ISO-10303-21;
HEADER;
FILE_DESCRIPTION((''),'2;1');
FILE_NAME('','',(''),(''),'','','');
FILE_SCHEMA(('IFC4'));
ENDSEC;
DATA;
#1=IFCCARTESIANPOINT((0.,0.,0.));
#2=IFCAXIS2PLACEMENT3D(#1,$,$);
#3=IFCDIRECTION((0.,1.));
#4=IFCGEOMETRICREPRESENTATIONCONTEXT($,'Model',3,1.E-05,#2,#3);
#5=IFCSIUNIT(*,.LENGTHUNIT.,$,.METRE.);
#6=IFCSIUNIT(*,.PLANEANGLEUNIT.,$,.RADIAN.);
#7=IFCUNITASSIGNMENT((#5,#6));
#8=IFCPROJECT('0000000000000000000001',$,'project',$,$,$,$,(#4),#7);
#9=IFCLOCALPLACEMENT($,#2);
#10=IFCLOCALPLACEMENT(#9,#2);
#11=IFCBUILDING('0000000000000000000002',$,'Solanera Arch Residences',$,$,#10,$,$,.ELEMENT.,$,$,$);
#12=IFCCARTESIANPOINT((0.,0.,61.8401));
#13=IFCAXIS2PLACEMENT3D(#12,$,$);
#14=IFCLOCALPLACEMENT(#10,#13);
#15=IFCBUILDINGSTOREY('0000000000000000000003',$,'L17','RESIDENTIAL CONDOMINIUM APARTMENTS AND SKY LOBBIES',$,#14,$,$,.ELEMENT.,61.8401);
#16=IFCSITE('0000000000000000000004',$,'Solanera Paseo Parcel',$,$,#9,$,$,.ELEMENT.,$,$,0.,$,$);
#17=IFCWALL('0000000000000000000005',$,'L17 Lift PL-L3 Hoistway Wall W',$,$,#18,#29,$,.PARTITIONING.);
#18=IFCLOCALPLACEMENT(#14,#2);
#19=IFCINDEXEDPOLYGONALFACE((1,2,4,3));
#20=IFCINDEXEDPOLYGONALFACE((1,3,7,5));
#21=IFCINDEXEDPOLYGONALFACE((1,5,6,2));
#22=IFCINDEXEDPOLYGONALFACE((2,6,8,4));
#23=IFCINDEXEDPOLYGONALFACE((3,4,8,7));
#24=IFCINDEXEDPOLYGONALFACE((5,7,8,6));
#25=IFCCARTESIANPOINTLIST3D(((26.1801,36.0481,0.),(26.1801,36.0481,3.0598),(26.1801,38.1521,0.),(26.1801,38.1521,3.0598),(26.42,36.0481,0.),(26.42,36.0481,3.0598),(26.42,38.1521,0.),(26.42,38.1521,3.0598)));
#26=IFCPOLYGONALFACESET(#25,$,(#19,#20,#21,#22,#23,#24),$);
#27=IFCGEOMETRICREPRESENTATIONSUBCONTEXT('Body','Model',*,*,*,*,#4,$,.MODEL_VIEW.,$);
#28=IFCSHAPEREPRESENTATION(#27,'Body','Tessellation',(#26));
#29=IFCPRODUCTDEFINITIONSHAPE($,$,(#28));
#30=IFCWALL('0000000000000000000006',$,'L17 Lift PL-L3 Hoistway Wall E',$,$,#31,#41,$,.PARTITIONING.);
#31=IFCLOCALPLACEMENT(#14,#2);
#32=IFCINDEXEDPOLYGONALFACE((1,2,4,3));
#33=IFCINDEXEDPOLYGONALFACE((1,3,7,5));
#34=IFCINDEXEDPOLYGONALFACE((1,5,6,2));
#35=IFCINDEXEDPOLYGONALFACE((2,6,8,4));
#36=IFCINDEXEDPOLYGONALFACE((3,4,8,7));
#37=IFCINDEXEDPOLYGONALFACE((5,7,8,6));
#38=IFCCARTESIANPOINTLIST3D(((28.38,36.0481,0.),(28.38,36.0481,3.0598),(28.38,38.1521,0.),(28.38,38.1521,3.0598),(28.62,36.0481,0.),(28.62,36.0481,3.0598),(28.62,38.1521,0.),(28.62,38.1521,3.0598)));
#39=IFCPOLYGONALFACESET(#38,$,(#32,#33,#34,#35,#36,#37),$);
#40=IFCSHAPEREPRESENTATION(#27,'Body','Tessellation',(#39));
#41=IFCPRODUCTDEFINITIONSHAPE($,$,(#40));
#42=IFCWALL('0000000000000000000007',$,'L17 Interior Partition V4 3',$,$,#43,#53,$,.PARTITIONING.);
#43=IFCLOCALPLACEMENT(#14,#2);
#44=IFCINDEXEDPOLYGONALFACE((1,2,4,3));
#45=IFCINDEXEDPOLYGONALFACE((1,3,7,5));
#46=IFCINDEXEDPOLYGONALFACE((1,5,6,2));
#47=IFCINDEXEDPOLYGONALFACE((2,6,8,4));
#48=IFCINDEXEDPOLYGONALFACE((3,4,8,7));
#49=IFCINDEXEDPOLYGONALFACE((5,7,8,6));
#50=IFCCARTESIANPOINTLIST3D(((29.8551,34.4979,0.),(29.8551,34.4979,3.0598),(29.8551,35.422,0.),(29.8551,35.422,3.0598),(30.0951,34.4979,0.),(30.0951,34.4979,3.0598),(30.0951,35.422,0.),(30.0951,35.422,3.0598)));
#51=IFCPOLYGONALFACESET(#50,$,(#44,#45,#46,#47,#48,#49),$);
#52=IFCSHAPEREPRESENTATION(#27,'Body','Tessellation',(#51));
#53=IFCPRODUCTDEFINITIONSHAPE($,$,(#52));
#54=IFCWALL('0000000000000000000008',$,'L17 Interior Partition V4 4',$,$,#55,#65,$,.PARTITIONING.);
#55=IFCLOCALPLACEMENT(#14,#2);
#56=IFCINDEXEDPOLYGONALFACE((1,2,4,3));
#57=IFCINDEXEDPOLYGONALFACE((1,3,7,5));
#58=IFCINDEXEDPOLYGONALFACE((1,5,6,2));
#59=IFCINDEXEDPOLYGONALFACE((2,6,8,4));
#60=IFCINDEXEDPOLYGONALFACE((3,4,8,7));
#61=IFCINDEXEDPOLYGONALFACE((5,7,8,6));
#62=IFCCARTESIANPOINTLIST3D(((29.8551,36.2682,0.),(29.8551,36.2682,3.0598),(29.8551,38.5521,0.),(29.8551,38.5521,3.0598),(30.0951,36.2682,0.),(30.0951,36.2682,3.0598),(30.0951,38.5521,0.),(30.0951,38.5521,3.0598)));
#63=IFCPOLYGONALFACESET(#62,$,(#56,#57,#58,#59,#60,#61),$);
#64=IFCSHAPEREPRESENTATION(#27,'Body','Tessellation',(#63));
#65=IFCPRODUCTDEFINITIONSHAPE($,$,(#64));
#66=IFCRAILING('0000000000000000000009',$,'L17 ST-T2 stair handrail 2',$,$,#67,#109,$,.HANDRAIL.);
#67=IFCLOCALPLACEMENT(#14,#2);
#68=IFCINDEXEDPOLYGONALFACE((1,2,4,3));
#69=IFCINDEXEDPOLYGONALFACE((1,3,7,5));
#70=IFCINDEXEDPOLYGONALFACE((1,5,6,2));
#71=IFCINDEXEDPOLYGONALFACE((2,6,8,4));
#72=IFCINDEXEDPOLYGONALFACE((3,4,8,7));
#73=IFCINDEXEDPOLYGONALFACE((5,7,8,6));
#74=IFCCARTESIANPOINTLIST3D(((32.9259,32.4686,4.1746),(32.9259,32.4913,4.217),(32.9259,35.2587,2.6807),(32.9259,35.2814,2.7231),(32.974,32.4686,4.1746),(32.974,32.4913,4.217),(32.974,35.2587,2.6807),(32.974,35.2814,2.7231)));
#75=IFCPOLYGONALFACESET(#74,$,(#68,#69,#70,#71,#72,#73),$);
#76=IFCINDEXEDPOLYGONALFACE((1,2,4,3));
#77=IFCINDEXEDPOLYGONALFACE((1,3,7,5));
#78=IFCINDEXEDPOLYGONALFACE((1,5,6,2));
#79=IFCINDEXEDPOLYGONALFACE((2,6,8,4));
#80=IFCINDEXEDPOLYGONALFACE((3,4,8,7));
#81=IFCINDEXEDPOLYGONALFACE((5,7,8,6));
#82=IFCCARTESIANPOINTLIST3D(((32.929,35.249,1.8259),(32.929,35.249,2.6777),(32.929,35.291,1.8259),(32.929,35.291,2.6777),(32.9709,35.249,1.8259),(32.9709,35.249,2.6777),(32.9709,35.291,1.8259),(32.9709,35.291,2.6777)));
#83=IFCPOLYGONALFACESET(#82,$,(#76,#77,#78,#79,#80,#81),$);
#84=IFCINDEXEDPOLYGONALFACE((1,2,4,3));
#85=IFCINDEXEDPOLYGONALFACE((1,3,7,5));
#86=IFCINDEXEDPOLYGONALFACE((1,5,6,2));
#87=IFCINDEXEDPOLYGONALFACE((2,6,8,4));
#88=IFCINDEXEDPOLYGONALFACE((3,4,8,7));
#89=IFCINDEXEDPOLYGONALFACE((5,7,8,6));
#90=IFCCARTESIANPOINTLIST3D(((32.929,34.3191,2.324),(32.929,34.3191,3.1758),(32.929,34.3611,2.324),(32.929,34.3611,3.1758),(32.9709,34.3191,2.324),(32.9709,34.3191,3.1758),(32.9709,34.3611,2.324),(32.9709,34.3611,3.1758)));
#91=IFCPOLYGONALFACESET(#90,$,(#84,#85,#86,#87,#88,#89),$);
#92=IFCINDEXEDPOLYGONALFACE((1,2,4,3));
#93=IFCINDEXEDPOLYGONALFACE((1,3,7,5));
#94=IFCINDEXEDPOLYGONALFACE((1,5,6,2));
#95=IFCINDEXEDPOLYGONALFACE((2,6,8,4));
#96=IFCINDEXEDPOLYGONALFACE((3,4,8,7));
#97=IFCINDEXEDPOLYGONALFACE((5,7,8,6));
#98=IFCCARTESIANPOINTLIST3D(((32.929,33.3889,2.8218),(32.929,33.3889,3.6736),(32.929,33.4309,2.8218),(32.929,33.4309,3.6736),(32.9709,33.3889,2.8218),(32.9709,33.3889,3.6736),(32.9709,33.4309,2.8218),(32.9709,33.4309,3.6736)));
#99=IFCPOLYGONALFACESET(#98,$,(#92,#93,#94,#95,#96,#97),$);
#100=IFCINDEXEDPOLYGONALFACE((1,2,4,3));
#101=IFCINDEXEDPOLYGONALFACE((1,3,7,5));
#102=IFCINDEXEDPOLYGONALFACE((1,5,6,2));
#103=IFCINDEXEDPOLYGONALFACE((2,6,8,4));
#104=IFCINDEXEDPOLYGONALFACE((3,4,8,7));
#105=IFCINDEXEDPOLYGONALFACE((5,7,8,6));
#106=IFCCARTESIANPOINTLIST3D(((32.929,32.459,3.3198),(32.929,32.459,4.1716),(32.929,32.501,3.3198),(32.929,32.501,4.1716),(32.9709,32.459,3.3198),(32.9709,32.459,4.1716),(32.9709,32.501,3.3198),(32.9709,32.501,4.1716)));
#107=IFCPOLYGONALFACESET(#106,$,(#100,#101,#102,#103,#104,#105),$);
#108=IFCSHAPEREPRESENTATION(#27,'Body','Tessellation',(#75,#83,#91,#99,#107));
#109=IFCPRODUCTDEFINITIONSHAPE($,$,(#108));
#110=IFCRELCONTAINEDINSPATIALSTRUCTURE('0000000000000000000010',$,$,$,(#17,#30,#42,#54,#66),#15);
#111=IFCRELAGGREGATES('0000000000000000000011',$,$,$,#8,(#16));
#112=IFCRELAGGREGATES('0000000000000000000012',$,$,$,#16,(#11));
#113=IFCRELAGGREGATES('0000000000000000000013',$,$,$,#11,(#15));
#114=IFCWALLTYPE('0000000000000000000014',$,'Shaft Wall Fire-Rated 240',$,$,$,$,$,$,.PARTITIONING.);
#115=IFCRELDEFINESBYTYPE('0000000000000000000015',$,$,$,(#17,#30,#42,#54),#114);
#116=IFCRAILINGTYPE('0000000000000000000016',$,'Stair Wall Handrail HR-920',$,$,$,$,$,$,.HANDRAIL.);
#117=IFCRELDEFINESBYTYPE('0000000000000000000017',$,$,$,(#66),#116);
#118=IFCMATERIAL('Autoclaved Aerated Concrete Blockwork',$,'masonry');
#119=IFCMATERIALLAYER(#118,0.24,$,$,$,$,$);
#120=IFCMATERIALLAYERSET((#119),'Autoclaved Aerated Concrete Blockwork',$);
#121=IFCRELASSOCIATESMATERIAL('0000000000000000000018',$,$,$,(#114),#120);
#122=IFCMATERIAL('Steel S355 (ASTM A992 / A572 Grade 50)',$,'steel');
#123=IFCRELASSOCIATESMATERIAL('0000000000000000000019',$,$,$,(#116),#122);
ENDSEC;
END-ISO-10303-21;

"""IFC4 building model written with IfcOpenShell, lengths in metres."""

from ifc_helpers import new_model, si_unit, direction, frame, frame_2d, origin, origin_2d, place, context, subcontext, project, spatial, rectangle, extrude, material, layer, layer_set, type_object, element, save


model = new_model("IFC4")

# Units and contexts
model_context = context("Model", 3, precision=1e-05, world=origin(), true_north=direction((0.0, 1.0)))
body_context = subcontext(model_context, "Body", "Model", "MODEL_VIEW")
ifc_project = project(units=[si_unit("LENGTHUNIT", "METRE"), si_unit("PLANEANGLEUNIT", "RADIAN")], contexts=[model_context])

# Site, building, storey
site_placement = place(None, origin())
site = spatial("IfcSite", under=ifc_project, at=site_placement, Name="Solanera Paseo Parcel", CompositionType="ELEMENT", RefElevation=0.0)
building_placement = place(site_placement, origin())
building = spatial("IfcBuilding", under=site, at=building_placement, Name="Solanera Arch Residences", CompositionType="ELEMENT")
storey_placement = place(building_placement, frame((0.0, 0.0, 61.8401)))
storey = spatial("IfcBuildingStorey", under=building, at=storey_placement, Name="L17", Description="RESIDENTIAL CONDOMINIUM APARTMENTS AND SKY LOBBIES", CompositionType="ELEMENT", Elevation=61.8401)

# Walls
ifc_material_1 = material(Name="Autoclaved Aerated Concrete Blockwork", Category="masonry")
ifc_layer_1 = layer(ifc_material_1, 0.24)
ifc_layer_set_1 = layer_set([ifc_layer_1], Name="Autoclaved Aerated Concrete Blockwork")
wall_type_1 = type_object("IfcWallType", Name="Shaft Wall Fire-Rated 240", PredefinedType="PARTITIONING", material=ifc_layer_set_1)
for number, where, z_axis, x_axis, name in (
    (1, (26.3, 36.0481, 0.0), (0.0, 0.0, 1.0), (0.0, 1.0, 0.0), "L17 Lift PL-L3 Hoistway Wall W"),
    (2, (28.5, 36.0481, 0.0), (0.0, 0.0, 1.0), (0.0, 1.0, 0.0), "L17 Lift PL-L3 Hoistway Wall E"),
):
    element("IfcWall", number, at=place(storey_placement, frame(where, z_axis=z_axis, x_axis=x_axis)), inside=storey, type_object=wall_type_1, Name=name, PredefinedType="PARTITIONING", context=body_context, shape_type="SweptSolid", body=[
        extrude(rectangle(XDim=2.104, YDim=0.24, at=frame_2d((1.052, 0.0))), origin(), (0.0, 0.0, 1.0), 3.0598),
    ])

# Walls
wall_1_placement = place(storey_placement, frame((29.9751, 34.498, 0.0), z_axis=(0.0, 0.0, 1.0), x_axis=(0.0, 1.0, 0.0)))
element("IfcWall", 3, at=wall_1_placement, inside=storey, type_object=wall_type_1, Name="L17 Interior Partition V4 3", PredefinedType="PARTITIONING", context=body_context, shape_type="SweptSolid", body=[
    extrude(rectangle(XDim=0.9241, YDim=0.24, at=frame_2d((0.4619, 0.0))), origin(), (0.0, 0.0, 1.0), 3.0598),
])
wall_2_placement = place(storey_placement, frame((29.9751, 36.2681, 0.0), z_axis=(0.0, 0.0, 1.0), x_axis=(0.0, 1.0, 0.0)))
element("IfcWall", 4, at=wall_2_placement, inside=storey, type_object=wall_type_1, Name="L17 Interior Partition V4 4", PredefinedType="PARTITIONING", context=body_context, shape_type="SweptSolid", body=[
    extrude(rectangle(XDim=2.2839, YDim=0.24, at=frame_2d((1.1421, 0.0))), origin(), (0.0, 0.0, 1.0), 3.0598),
])

# Railing
ifc_material_2 = material(Name="Steel S355 (ASTM A992 / A572 Grade 50)", Category="steel")
railing_type = type_object("IfcRailingType", Name="Stair Wall Handrail HR-920", PredefinedType="HANDRAIL", material=ifc_material_2)
railing_placement = place(storey_placement, frame((32.95, 35.27, 1.8259)))
element("IfcRailing", 5, at=railing_placement, inside=storey, type_object=railing_type, Name="L17 ST-T2 stair handrail 2", PredefinedType="HANDRAIL", context=body_context, shape_type="SweptSolid", body=[
    extrude(rectangle(XDim=0.0481, YDim=0.0481, at=origin_2d()), frame((0.0, 0.0, 0.876), z_axis=(0.0, -0.881581, 0.472033), x_axis=(1.0, 0.0, 0.0)), (0.0, 0.0, 1.0), 3.1648),
    extrude(rectangle(XDim=0.042, YDim=0.042, at=origin_2d()), origin(), (0.0, 0.0, 1.0), 0.8518),
    extrude(rectangle(XDim=0.042, YDim=0.042, at=origin_2d()), frame((0.0, -0.9299, 0.498)), (0.0, 0.0, 1.0), 0.8518),
    extrude(rectangle(XDim=0.042, YDim=0.042, at=origin_2d()), frame((0.0, -1.8601, 0.9958)), (0.0, 0.0, 1.0), 0.8518),
    extrude(rectangle(XDim=0.042, YDim=0.042, at=origin_2d()), frame((0.0, -2.79, 1.4939)), (0.0, 0.0, 1.0), 0.8518),
])

save(model, "model.ifc")
